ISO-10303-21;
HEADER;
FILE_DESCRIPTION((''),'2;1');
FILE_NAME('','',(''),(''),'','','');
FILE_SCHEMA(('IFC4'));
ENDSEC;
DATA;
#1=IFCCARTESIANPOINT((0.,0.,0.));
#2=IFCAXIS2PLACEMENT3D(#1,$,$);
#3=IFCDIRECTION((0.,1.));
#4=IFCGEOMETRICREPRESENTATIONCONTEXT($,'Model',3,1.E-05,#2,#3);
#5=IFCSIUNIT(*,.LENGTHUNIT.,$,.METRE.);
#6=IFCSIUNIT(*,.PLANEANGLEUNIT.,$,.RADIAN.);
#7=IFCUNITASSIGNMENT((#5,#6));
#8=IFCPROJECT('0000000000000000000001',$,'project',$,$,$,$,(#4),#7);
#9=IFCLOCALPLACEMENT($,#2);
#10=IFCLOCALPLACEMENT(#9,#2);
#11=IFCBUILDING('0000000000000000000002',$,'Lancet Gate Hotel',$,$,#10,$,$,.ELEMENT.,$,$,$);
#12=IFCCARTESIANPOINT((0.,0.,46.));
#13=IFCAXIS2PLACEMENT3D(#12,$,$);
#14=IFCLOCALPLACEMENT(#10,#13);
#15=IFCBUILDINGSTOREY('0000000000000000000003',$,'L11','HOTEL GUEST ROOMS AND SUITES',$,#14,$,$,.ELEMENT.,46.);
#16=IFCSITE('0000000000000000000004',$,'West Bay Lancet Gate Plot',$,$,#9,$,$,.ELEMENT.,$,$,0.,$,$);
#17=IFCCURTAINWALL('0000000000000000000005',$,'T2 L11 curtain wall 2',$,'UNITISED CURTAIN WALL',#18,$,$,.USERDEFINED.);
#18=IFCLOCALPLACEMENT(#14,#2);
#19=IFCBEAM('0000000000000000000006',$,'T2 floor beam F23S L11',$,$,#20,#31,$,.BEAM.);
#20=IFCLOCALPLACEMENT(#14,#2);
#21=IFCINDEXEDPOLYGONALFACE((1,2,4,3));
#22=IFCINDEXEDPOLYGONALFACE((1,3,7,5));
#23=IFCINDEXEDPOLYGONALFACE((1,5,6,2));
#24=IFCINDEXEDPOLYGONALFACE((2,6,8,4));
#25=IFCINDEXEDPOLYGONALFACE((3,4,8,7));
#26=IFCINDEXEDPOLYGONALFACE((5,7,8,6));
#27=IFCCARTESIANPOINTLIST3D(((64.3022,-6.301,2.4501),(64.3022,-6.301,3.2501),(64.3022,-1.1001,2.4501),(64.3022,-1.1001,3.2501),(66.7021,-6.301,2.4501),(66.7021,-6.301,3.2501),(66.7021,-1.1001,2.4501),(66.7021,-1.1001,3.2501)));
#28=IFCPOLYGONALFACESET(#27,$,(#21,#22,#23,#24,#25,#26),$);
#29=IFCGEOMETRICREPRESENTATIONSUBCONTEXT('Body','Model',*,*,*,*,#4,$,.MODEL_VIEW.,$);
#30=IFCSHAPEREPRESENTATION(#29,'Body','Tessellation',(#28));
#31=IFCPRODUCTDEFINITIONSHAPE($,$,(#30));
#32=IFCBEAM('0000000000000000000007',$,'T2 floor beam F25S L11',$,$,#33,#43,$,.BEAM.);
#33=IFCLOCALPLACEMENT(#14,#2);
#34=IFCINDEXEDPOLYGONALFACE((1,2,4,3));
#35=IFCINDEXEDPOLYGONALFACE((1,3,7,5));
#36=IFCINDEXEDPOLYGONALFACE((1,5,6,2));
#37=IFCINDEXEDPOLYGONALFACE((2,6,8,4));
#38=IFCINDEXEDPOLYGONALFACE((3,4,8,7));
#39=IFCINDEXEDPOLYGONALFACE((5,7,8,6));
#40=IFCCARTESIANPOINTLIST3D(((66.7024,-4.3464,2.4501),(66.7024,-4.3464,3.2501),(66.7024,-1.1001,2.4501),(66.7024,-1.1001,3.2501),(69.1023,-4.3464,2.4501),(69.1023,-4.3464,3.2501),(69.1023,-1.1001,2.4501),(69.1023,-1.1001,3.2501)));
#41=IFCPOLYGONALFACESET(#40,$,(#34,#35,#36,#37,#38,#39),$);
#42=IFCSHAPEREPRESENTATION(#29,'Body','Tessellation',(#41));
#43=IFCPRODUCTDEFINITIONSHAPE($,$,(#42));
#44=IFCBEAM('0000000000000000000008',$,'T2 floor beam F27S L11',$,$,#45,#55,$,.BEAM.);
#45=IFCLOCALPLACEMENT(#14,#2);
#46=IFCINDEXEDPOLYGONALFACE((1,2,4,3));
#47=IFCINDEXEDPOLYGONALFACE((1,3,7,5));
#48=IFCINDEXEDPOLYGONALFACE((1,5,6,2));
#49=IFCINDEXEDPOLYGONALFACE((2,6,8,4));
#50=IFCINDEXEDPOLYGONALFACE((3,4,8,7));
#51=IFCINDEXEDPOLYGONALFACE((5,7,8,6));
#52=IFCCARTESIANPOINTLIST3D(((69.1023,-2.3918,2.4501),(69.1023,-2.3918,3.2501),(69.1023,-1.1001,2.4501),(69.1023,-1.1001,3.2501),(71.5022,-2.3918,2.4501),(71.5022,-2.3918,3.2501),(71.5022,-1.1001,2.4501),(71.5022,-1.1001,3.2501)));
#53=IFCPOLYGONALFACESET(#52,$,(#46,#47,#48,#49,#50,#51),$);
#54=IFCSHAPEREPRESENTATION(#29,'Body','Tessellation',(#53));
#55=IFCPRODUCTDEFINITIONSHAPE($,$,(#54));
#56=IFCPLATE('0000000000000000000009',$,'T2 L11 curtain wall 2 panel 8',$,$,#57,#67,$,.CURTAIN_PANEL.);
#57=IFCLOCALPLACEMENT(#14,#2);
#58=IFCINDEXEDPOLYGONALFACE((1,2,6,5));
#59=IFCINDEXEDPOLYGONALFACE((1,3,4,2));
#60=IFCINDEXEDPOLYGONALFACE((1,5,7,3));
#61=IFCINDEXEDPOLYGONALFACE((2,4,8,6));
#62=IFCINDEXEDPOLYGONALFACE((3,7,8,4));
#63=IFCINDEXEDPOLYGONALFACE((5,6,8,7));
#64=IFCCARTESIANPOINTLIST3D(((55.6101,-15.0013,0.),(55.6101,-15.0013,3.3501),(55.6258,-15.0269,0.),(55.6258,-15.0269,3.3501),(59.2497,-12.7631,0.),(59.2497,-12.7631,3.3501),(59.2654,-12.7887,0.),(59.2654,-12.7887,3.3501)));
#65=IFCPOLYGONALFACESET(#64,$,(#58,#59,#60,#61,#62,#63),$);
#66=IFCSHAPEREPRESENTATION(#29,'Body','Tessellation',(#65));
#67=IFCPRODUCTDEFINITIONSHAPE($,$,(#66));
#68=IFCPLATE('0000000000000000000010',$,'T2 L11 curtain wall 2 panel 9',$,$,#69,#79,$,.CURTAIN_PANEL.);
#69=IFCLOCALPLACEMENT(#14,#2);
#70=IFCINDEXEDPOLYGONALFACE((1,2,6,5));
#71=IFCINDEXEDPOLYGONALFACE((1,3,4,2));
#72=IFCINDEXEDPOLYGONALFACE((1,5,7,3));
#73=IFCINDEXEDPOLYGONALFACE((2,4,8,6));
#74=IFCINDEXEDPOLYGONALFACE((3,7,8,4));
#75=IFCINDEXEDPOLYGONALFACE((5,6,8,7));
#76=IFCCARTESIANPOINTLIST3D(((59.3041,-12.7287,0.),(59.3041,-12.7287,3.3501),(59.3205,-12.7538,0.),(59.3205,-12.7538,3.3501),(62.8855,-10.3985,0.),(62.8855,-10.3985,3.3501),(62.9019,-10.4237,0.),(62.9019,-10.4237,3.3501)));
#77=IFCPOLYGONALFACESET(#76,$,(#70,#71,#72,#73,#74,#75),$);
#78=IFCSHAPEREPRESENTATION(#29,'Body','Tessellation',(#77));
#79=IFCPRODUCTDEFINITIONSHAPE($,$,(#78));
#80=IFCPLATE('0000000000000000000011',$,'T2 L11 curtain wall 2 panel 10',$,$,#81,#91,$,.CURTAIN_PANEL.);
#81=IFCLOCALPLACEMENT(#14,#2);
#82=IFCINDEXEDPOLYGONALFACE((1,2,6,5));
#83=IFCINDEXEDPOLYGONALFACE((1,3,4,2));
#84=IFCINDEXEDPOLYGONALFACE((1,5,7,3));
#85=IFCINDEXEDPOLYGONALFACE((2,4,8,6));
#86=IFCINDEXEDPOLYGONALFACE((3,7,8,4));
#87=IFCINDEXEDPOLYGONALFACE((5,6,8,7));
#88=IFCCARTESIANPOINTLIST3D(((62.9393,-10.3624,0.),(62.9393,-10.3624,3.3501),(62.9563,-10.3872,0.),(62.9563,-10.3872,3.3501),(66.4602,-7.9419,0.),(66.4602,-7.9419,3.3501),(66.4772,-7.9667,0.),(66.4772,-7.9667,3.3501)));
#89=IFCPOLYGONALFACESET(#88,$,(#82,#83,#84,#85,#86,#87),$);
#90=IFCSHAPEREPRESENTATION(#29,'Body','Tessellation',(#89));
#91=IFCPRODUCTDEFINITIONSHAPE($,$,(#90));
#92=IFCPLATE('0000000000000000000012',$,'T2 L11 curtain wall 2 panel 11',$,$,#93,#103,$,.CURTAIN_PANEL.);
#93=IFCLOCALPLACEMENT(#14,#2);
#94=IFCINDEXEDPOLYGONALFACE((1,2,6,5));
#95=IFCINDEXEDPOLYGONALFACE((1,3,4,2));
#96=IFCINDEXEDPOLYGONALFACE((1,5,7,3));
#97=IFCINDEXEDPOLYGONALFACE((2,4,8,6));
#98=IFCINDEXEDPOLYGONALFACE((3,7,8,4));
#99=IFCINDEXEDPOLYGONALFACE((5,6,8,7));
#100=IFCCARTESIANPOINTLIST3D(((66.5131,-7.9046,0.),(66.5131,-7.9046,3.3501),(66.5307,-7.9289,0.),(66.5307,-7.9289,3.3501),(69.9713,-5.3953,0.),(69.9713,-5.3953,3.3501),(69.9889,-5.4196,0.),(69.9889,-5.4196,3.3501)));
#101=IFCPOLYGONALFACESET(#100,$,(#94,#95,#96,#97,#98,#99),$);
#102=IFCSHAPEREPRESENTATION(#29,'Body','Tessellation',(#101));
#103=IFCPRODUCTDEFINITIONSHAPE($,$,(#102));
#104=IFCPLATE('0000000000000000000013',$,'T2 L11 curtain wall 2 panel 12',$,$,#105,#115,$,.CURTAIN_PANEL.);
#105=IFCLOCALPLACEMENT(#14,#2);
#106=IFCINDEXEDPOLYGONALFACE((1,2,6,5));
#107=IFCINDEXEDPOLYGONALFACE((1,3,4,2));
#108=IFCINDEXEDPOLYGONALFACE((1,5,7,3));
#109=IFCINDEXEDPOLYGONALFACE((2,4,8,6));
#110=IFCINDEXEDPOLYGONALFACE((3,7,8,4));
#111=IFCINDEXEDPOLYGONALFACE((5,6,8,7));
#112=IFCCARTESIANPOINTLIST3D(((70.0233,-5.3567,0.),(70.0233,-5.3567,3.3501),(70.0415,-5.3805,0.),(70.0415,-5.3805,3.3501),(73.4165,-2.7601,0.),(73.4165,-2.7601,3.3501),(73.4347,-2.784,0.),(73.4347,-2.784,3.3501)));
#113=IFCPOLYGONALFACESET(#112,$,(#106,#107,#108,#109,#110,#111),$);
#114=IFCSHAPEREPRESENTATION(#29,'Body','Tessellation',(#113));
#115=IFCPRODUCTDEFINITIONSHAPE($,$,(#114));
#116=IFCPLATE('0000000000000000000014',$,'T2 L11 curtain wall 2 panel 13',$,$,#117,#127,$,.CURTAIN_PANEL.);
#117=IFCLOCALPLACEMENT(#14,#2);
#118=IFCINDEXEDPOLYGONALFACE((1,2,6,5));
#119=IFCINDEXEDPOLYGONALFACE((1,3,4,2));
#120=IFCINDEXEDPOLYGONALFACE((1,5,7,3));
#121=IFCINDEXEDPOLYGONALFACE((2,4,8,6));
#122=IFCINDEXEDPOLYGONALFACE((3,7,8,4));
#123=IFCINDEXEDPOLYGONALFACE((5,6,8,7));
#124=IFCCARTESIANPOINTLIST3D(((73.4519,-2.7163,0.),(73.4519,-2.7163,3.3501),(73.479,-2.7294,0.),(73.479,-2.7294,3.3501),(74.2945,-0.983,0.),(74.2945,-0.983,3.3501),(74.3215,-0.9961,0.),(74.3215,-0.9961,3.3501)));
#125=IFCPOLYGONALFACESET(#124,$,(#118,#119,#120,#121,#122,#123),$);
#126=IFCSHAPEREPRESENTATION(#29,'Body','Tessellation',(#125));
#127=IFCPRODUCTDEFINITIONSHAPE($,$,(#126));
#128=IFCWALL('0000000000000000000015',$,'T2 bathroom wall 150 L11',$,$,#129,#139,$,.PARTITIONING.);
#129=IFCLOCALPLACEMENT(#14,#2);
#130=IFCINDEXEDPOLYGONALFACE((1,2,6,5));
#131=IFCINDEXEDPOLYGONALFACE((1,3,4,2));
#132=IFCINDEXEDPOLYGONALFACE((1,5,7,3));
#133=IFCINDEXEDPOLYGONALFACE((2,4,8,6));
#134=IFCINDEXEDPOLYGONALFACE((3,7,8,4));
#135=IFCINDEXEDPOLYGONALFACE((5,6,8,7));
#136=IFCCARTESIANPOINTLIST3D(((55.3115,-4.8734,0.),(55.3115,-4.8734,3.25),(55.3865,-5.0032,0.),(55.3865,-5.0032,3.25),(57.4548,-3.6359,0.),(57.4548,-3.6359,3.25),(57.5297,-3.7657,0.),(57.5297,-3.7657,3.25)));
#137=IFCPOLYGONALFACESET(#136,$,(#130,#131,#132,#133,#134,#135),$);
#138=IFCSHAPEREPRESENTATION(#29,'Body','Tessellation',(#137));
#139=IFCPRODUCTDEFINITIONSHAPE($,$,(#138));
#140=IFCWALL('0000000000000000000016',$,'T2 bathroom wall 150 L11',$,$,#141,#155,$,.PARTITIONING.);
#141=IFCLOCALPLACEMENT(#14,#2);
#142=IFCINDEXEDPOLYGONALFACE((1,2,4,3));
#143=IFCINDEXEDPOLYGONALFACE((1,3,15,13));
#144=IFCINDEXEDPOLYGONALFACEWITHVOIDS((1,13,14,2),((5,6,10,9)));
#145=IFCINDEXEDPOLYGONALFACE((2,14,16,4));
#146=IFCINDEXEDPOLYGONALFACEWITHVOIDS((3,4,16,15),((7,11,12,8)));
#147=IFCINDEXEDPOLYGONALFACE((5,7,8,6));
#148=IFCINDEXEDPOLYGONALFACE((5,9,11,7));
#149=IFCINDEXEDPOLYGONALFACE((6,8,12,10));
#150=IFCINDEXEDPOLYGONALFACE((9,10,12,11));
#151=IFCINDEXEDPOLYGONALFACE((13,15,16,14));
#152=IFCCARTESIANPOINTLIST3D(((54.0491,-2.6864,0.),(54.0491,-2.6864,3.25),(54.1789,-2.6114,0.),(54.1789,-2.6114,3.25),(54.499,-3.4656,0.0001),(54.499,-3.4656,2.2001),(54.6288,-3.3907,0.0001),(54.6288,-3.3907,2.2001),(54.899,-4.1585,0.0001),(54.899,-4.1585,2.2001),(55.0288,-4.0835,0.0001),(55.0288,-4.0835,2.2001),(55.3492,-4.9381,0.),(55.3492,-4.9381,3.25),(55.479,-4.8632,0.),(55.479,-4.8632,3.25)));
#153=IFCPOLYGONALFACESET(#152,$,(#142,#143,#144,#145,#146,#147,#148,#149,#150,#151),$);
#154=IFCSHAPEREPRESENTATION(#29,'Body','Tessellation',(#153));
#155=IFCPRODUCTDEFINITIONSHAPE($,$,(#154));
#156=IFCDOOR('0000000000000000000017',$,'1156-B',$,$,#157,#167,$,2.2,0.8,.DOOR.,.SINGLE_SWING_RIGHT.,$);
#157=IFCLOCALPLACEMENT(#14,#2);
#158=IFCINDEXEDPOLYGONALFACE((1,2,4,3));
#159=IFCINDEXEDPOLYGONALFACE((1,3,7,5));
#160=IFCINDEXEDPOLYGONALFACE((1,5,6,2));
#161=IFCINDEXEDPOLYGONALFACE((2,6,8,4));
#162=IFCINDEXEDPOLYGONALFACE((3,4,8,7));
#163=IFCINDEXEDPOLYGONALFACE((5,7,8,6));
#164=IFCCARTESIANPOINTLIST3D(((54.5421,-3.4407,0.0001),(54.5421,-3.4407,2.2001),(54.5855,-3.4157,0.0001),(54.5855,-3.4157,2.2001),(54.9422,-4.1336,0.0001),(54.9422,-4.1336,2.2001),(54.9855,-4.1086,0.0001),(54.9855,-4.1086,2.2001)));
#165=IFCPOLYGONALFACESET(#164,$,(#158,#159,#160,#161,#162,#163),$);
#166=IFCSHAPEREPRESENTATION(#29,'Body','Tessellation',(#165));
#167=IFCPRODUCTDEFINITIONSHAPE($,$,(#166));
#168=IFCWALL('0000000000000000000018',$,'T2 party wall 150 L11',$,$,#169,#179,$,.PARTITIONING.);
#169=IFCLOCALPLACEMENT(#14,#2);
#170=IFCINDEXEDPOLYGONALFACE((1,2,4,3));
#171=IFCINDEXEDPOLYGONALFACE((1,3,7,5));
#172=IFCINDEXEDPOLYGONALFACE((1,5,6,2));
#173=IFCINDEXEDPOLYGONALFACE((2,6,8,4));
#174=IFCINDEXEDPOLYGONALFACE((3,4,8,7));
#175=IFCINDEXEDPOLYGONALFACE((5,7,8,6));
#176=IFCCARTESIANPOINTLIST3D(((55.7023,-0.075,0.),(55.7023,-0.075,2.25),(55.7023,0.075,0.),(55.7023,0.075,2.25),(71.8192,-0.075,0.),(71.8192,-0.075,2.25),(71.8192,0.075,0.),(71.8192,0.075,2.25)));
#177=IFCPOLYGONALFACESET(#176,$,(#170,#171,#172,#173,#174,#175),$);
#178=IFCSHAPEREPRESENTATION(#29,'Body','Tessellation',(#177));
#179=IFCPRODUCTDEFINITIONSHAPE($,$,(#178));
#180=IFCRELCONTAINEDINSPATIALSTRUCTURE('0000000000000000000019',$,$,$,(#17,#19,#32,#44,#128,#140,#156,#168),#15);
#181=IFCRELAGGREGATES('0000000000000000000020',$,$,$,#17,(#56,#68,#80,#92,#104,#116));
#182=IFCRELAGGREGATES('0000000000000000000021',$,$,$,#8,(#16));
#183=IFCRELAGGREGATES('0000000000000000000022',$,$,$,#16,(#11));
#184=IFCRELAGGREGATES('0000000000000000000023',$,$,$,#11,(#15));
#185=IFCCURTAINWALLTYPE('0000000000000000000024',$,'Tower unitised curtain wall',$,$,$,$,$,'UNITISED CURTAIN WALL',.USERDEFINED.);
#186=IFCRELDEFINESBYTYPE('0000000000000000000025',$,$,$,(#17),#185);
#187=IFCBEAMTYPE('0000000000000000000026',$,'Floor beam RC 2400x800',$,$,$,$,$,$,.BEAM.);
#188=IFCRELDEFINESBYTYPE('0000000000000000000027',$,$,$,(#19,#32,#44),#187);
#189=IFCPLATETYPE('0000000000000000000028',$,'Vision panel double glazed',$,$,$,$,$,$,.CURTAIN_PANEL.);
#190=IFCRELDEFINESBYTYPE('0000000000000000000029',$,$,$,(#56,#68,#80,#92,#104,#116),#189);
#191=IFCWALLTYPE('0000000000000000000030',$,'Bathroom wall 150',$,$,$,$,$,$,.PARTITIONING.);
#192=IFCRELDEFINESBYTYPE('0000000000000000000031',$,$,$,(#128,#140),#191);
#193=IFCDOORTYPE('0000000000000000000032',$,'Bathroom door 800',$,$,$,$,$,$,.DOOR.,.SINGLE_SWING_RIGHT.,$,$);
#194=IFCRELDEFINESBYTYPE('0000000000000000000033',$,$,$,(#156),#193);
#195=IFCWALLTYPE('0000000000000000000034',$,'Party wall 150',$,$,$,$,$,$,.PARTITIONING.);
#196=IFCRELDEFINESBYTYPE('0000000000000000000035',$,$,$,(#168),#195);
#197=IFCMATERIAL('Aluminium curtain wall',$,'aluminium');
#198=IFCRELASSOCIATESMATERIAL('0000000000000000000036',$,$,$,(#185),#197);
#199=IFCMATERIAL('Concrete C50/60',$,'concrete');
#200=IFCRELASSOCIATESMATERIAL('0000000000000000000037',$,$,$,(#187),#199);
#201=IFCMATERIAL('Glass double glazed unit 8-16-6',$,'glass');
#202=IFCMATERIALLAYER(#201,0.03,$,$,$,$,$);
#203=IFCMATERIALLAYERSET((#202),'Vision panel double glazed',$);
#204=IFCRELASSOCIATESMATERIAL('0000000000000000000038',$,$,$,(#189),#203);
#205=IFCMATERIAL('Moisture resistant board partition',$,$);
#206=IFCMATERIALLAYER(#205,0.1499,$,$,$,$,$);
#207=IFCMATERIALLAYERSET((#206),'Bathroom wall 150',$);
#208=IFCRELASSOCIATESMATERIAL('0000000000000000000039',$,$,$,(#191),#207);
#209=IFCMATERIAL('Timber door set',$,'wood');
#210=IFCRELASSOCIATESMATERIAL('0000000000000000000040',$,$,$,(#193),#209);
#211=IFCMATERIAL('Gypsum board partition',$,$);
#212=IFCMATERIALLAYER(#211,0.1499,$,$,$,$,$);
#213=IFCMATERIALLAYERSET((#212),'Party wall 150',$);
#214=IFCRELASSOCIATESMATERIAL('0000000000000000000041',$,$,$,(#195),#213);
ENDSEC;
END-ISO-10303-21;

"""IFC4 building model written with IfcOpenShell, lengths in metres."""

from ifc_helpers import new_model, si_unit, direction, frame, frame_2d, origin, origin_2d, place, context, subcontext, project, spatial, rectangle, extrude, material, layer, layer_set, material_profile, profile_set, type_object, element, fill, aggregate, save


model = new_model("IFC4")

# Units and contexts
model_context = context("Model", 3, precision=1e-05, world=origin(), true_north=direction((0.0, 1.0)))
body_context = subcontext(model_context, "Body", "Model", "MODEL_VIEW")
ifc_project = project(units=[si_unit("LENGTHUNIT", "METRE"), si_unit("PLANEANGLEUNIT", "RADIAN")], contexts=[model_context])

# Site, building, storey
site_placement = place(None, origin())
site = spatial("IfcSite", under=ifc_project, at=site_placement, Name="West Bay Lancet Gate Plot", CompositionType="ELEMENT", RefElevation=0.0)
building_placement = place(site_placement, origin())
building = spatial("IfcBuilding", under=site, at=building_placement, Name="Lancet Gate Hotel", CompositionType="ELEMENT")
storey_placement = place(building_placement, frame((0.0, 0.0, 46.0)))
storey = spatial("IfcBuildingStorey", under=building, at=storey_placement, Name="L11", Description="HOTEL GUEST ROOMS AND SUITES", CompositionType="ELEMENT", Elevation=46.0)

# Curtain wall
ifc_material_1 = material(Name="Aluminium curtain wall", Category="aluminium")
curtain_wall_type = type_object("IfcCurtainWallType", Name="Tower unitised curtain wall", ElementType="UNITISED CURTAIN WALL", PredefinedType="USERDEFINED", material=ifc_material_1)
curtain_wall_placement = place(storey_placement, origin())
curtain_wall = element("IfcCurtainWall", 1, at=curtain_wall_placement, inside=storey, type_object=curtain_wall_type, Name="T2 L11 curtain wall 2", ObjectType="UNITISED CURTAIN WALL", PredefinedType="USERDEFINED")

# Beams
ifc_material_2 = material(Name="Concrete C50/60", Category="concrete")
ifc_material_profile_1 = material_profile(ifc_material_2, rectangle(XDim=2.3999, YDim=0.8, at=origin_2d()), Name="RC 2400x800")
ifc_profile_set_1 = profile_set([ifc_material_profile_1], Name="Concrete C50/60")
beam_type_1 = type_object("IfcBeamType", Name="Floor beam RC 2400x800", PredefinedType="BEAM", material=ifc_profile_set_1)
beam_1_placement = place(storey_placement, frame((65.5022, -6.301, 2.8501), z_axis=(0.0, 1.0, 0.0), x_axis=(-1.0, 0.0, 0.0)))
element("IfcBeam", 2, at=beam_1_placement, inside=storey, type_object=beam_type_1, Name="T2 floor beam F23S L11", PredefinedType="BEAM", context=body_context, shape_type="SweptSolid", body=[
    extrude(rectangle(XDim=2.3999, YDim=0.8, at=origin_2d()), origin(), (0.0, 0.0, 1.0), 5.2009),
])
beam_2_placement = place(storey_placement, frame((67.9023, -4.3464, 2.8501), z_axis=(0.0, 1.0, 0.0), x_axis=(-1.0, 0.0, 0.0)))
element("IfcBeam", 3, at=beam_2_placement, inside=storey, type_object=beam_type_1, Name="T2 floor beam F25S L11", PredefinedType="BEAM", context=body_context, shape_type="SweptSolid", body=[
    extrude(rectangle(XDim=2.3999, YDim=0.8, at=origin_2d()), origin(), (0.0, 0.0, 1.0), 3.2463),
])
beam_3_placement = place(storey_placement, frame((70.3022, -2.3918, 2.8501), z_axis=(0.0, 1.0, 0.0), x_axis=(-1.0, 0.0, 0.0)))
element("IfcBeam", 4, at=beam_3_placement, inside=storey, type_object=beam_type_1, Name="T2 floor beam F27S L11", PredefinedType="BEAM", context=body_context, shape_type="SweptSolid", body=[
    extrude(rectangle(XDim=2.3999, YDim=0.8, at=origin_2d()), origin(), (0.0, 0.0, 1.0), 1.2917),
])

# Plates
ifc_material_3 = material(Name="Glass double glazed unit 8-16-6", Category="glass")
ifc_layer_1 = layer(ifc_material_3, 0.03)
ifc_layer_set_1 = layer_set([ifc_layer_1], Name="Vision panel double glazed")
plate_type = type_object("IfcPlateType", Name="Vision panel double glazed", PredefinedType="CURTAIN_PANEL", material=ifc_layer_set_1)
plate_1_placement = place(storey_placement, frame((57.4377, -13.895, 0.0), z_axis=(0.0, 0.0, 1.0), x_axis=(0.851815, 0.523842, 0.0)))
plate_1 = element("IfcPlate", 5, at=plate_1_placement, type_object=plate_type, Name="T2 L11 curtain wall 2 panel 8", PredefinedType="CURTAIN_PANEL", context=body_context, shape_type="SweptSolid", body=[
    extrude(rectangle(XDim=4.2727, YDim=0.03, at=origin_2d()), origin(), (0.0, 0.0, 1.0), 3.3501),
])
plate_2_placement = place(storey_placement, frame((61.103, -11.5762, 0.0), z_axis=(0.0, 0.0, 1.0), x_axis=(0.838207, 0.545353, 0.0)))
plate_2 = element("IfcPlate", 6, at=plate_2_placement, type_object=plate_type, Name="T2 L11 curtain wall 2 panel 9", PredefinedType="CURTAIN_PANEL", context=body_context, shape_type="SweptSolid", body=[
    extrude(rectangle(XDim=4.2727, YDim=0.03, at=origin_2d()), origin(), (0.0, 0.0, 1.0), 3.3501),
])
plate_3_placement = place(storey_placement, frame((64.7083, -9.1646, 0.0), z_axis=(0.0, 0.0, 1.0), x_axis=(0.824055, 0.566509, 0.0)))
plate_3 = element("IfcPlate", 7, at=plate_3_placement, type_object=plate_type, Name="T2 L11 curtain wall 2 panel 10", PredefinedType="CURTAIN_PANEL", context=body_context, shape_type="SweptSolid", body=[
    extrude(rectangle(XDim=4.2727, YDim=0.03, at=origin_2d()), origin(), (0.0, 0.0, 1.0), 3.3501),
])
plate_4_placement = place(storey_placement, frame((68.251, -6.6621, 0.0), z_axis=(0.0, 0.0, 1.0), x_axis=(0.80937, 0.587299, 0.0)))
plate_4 = element("IfcPlate", 8, at=plate_4_placement, type_object=plate_type, Name="T2 L11 curtain wall 2 panel 11", PredefinedType="CURTAIN_PANEL", context=body_context, shape_type="SweptSolid", body=[
    extrude(rectangle(XDim=4.2727, YDim=0.03, at=origin_2d()), origin(), (0.0, 0.0, 1.0), 3.3501),
])
plate_5_placement = place(storey_placement, frame((71.729, -4.0703, 0.0), z_axis=(0.0, 0.0, 1.0), x_axis=(0.79416, 0.607709, 0.0)))
plate_5 = element("IfcPlate", 9, at=plate_5_placement, type_object=plate_type, Name="T2 L11 curtain wall 2 panel 12", PredefinedType="CURTAIN_PANEL", context=body_context, shape_type="SweptSolid", body=[
    extrude(rectangle(XDim=4.2727, YDim=0.03, at=origin_2d()), origin(), (0.0, 0.0, 1.0), 3.3501),
])
plate_6_placement = place(storey_placement, frame((73.8867, -1.8562, 0.0), z_axis=(0.0, 0.0, 1.0), x_axis=(0.437169, 0.899379, 0.0)))
plate_6 = element("IfcPlate", 10, at=plate_6_placement, type_object=plate_type, Name="T2 L11 curtain wall 2 panel 13", PredefinedType="CURTAIN_PANEL", context=body_context, shape_type="SweptSolid", body=[
    extrude(rectangle(XDim=1.9272, YDim=0.03, at=origin_2d()), origin(), (0.0, 0.0, 1.0), 3.3501),
])
aggregate(curtain_wall, [plate_1, plate_2, plate_3, plate_4, plate_5, plate_6])

# Wall
ifc_material_4 = material(Name="Moisture resistant board partition")
ifc_layer_2 = layer(ifc_material_4, 0.1499)
ifc_layer_set_2 = layer_set([ifc_layer_2], Name="Bathroom wall 150")
wall_type_1 = type_object("IfcWallType", Name="Bathroom wall 150", PredefinedType="PARTITIONING", material=ifc_layer_set_2)
wall_1_placement = place(storey_placement, frame((55.3491, -4.9382, 0.0), z_axis=(0.0, 0.0, 1.0), x_axis=(0.866007, 0.500033, 0.0)))
element("IfcWall", 11, at=wall_1_placement, inside=storey, type_object=wall_type_1, Name="T2 bathroom wall 150 L11", PredefinedType="PARTITIONING", context=body_context, shape_type="SweptSolid", body=[
    extrude(rectangle(XDim=2.4749, YDim=0.1499, at=frame_2d((1.2373, 0.0))), origin(), (0.0, 0.0, 1.0), 3.25),
])

# Wall, opening, door
wall_2_placement = place(storey_placement, frame((54.114, -2.6489, 0.0), z_axis=(0.0, 0.0, 1.0), x_axis=(0.500007, -0.866021, 0.0)))
wall_2 = element("IfcWall", 12, at=wall_2_placement, inside=storey, type_object=wall_type_1, Name="T2 bathroom wall 150 L11", PredefinedType="PARTITIONING", context=body_context, shape_type="SweptSolid", body=[
    extrude(rectangle(XDim=2.6001, YDim=0.1499, at=frame_2d((1.3, 0.0))), origin(), (0.0, 0.0, 1.0), 3.25),
])
opening_placement = place(wall_2_placement, frame((0.8999, 0.0, 0.0)))
opening = element("IfcOpeningElement", 13, at=opening_placement, cuts=wall_2, PredefinedType="OPENING", context=body_context, shape_type="SweptSolid", body=[
    extrude(rectangle(XDim=0.8, YDim=2.2, at=frame_2d((0.3999, 1.1001))), frame((0.0, 0.085, 0.0), z_axis=(0.0, -1.0, 0.0), x_axis=(1.0, 0.0, 0.0)), (0.0, 0.0, 1.0), 0.1699),
])
ifc_material_5 = material(Name="Timber door set", Category="wood")
door_type = type_object("IfcDoorType", Name="Bathroom door 800", OperationType="SINGLE_SWING_RIGHT", PredefinedType="DOOR", material=ifc_material_5)
door_placement = place(opening_placement, origin())
door = element("IfcDoor", 14, at=door_placement, inside=storey, type_object=door_type, Name="1156-B", OperationType="SINGLE_SWING_RIGHT", OverallHeight=2.2, OverallWidth=0.8, PredefinedType="DOOR", context=body_context, shape_type="SweptSolid", body=[
    extrude(rectangle(XDim=0.8, YDim=2.2, at=frame_2d((0.3999, 1.1001))), frame((0.0, 0.0249, 0.0), z_axis=(0.0, -1.0, 0.0), x_axis=(1.0, 0.0, 0.0)), (0.0, 0.0, 1.0), 0.05),
])
fill(opening, door)

# Wall
ifc_material_6 = material(Name="Gypsum board partition")
ifc_layer_3 = layer(ifc_material_6, 0.1499)
ifc_layer_set_3 = layer_set([ifc_layer_3], Name="Party wall 150")
wall_type_2 = type_object("IfcWallType", Name="Party wall 150", PredefinedType="PARTITIONING", material=ifc_layer_set_3)
wall_3_placement = place(storey_placement, frame((55.7021, 0.0, 0.0), z_axis=(0.0, 0.0, 1.0), x_axis=(1.0, 0.0, 0.0)))
element("IfcWall", 15, at=wall_3_placement, inside=storey, type_object=wall_type_2, Name="T2 party wall 150 L11", PredefinedType="PARTITIONING", context=body_context, shape_type="SweptSolid", body=[
    extrude(rectangle(XDim=16.1169, YDim=0.1499, at=frame_2d((8.0586, 0.0))), origin(), (0.0, 0.0, 1.0), 2.25),
])

save(model, "model.ifc")
